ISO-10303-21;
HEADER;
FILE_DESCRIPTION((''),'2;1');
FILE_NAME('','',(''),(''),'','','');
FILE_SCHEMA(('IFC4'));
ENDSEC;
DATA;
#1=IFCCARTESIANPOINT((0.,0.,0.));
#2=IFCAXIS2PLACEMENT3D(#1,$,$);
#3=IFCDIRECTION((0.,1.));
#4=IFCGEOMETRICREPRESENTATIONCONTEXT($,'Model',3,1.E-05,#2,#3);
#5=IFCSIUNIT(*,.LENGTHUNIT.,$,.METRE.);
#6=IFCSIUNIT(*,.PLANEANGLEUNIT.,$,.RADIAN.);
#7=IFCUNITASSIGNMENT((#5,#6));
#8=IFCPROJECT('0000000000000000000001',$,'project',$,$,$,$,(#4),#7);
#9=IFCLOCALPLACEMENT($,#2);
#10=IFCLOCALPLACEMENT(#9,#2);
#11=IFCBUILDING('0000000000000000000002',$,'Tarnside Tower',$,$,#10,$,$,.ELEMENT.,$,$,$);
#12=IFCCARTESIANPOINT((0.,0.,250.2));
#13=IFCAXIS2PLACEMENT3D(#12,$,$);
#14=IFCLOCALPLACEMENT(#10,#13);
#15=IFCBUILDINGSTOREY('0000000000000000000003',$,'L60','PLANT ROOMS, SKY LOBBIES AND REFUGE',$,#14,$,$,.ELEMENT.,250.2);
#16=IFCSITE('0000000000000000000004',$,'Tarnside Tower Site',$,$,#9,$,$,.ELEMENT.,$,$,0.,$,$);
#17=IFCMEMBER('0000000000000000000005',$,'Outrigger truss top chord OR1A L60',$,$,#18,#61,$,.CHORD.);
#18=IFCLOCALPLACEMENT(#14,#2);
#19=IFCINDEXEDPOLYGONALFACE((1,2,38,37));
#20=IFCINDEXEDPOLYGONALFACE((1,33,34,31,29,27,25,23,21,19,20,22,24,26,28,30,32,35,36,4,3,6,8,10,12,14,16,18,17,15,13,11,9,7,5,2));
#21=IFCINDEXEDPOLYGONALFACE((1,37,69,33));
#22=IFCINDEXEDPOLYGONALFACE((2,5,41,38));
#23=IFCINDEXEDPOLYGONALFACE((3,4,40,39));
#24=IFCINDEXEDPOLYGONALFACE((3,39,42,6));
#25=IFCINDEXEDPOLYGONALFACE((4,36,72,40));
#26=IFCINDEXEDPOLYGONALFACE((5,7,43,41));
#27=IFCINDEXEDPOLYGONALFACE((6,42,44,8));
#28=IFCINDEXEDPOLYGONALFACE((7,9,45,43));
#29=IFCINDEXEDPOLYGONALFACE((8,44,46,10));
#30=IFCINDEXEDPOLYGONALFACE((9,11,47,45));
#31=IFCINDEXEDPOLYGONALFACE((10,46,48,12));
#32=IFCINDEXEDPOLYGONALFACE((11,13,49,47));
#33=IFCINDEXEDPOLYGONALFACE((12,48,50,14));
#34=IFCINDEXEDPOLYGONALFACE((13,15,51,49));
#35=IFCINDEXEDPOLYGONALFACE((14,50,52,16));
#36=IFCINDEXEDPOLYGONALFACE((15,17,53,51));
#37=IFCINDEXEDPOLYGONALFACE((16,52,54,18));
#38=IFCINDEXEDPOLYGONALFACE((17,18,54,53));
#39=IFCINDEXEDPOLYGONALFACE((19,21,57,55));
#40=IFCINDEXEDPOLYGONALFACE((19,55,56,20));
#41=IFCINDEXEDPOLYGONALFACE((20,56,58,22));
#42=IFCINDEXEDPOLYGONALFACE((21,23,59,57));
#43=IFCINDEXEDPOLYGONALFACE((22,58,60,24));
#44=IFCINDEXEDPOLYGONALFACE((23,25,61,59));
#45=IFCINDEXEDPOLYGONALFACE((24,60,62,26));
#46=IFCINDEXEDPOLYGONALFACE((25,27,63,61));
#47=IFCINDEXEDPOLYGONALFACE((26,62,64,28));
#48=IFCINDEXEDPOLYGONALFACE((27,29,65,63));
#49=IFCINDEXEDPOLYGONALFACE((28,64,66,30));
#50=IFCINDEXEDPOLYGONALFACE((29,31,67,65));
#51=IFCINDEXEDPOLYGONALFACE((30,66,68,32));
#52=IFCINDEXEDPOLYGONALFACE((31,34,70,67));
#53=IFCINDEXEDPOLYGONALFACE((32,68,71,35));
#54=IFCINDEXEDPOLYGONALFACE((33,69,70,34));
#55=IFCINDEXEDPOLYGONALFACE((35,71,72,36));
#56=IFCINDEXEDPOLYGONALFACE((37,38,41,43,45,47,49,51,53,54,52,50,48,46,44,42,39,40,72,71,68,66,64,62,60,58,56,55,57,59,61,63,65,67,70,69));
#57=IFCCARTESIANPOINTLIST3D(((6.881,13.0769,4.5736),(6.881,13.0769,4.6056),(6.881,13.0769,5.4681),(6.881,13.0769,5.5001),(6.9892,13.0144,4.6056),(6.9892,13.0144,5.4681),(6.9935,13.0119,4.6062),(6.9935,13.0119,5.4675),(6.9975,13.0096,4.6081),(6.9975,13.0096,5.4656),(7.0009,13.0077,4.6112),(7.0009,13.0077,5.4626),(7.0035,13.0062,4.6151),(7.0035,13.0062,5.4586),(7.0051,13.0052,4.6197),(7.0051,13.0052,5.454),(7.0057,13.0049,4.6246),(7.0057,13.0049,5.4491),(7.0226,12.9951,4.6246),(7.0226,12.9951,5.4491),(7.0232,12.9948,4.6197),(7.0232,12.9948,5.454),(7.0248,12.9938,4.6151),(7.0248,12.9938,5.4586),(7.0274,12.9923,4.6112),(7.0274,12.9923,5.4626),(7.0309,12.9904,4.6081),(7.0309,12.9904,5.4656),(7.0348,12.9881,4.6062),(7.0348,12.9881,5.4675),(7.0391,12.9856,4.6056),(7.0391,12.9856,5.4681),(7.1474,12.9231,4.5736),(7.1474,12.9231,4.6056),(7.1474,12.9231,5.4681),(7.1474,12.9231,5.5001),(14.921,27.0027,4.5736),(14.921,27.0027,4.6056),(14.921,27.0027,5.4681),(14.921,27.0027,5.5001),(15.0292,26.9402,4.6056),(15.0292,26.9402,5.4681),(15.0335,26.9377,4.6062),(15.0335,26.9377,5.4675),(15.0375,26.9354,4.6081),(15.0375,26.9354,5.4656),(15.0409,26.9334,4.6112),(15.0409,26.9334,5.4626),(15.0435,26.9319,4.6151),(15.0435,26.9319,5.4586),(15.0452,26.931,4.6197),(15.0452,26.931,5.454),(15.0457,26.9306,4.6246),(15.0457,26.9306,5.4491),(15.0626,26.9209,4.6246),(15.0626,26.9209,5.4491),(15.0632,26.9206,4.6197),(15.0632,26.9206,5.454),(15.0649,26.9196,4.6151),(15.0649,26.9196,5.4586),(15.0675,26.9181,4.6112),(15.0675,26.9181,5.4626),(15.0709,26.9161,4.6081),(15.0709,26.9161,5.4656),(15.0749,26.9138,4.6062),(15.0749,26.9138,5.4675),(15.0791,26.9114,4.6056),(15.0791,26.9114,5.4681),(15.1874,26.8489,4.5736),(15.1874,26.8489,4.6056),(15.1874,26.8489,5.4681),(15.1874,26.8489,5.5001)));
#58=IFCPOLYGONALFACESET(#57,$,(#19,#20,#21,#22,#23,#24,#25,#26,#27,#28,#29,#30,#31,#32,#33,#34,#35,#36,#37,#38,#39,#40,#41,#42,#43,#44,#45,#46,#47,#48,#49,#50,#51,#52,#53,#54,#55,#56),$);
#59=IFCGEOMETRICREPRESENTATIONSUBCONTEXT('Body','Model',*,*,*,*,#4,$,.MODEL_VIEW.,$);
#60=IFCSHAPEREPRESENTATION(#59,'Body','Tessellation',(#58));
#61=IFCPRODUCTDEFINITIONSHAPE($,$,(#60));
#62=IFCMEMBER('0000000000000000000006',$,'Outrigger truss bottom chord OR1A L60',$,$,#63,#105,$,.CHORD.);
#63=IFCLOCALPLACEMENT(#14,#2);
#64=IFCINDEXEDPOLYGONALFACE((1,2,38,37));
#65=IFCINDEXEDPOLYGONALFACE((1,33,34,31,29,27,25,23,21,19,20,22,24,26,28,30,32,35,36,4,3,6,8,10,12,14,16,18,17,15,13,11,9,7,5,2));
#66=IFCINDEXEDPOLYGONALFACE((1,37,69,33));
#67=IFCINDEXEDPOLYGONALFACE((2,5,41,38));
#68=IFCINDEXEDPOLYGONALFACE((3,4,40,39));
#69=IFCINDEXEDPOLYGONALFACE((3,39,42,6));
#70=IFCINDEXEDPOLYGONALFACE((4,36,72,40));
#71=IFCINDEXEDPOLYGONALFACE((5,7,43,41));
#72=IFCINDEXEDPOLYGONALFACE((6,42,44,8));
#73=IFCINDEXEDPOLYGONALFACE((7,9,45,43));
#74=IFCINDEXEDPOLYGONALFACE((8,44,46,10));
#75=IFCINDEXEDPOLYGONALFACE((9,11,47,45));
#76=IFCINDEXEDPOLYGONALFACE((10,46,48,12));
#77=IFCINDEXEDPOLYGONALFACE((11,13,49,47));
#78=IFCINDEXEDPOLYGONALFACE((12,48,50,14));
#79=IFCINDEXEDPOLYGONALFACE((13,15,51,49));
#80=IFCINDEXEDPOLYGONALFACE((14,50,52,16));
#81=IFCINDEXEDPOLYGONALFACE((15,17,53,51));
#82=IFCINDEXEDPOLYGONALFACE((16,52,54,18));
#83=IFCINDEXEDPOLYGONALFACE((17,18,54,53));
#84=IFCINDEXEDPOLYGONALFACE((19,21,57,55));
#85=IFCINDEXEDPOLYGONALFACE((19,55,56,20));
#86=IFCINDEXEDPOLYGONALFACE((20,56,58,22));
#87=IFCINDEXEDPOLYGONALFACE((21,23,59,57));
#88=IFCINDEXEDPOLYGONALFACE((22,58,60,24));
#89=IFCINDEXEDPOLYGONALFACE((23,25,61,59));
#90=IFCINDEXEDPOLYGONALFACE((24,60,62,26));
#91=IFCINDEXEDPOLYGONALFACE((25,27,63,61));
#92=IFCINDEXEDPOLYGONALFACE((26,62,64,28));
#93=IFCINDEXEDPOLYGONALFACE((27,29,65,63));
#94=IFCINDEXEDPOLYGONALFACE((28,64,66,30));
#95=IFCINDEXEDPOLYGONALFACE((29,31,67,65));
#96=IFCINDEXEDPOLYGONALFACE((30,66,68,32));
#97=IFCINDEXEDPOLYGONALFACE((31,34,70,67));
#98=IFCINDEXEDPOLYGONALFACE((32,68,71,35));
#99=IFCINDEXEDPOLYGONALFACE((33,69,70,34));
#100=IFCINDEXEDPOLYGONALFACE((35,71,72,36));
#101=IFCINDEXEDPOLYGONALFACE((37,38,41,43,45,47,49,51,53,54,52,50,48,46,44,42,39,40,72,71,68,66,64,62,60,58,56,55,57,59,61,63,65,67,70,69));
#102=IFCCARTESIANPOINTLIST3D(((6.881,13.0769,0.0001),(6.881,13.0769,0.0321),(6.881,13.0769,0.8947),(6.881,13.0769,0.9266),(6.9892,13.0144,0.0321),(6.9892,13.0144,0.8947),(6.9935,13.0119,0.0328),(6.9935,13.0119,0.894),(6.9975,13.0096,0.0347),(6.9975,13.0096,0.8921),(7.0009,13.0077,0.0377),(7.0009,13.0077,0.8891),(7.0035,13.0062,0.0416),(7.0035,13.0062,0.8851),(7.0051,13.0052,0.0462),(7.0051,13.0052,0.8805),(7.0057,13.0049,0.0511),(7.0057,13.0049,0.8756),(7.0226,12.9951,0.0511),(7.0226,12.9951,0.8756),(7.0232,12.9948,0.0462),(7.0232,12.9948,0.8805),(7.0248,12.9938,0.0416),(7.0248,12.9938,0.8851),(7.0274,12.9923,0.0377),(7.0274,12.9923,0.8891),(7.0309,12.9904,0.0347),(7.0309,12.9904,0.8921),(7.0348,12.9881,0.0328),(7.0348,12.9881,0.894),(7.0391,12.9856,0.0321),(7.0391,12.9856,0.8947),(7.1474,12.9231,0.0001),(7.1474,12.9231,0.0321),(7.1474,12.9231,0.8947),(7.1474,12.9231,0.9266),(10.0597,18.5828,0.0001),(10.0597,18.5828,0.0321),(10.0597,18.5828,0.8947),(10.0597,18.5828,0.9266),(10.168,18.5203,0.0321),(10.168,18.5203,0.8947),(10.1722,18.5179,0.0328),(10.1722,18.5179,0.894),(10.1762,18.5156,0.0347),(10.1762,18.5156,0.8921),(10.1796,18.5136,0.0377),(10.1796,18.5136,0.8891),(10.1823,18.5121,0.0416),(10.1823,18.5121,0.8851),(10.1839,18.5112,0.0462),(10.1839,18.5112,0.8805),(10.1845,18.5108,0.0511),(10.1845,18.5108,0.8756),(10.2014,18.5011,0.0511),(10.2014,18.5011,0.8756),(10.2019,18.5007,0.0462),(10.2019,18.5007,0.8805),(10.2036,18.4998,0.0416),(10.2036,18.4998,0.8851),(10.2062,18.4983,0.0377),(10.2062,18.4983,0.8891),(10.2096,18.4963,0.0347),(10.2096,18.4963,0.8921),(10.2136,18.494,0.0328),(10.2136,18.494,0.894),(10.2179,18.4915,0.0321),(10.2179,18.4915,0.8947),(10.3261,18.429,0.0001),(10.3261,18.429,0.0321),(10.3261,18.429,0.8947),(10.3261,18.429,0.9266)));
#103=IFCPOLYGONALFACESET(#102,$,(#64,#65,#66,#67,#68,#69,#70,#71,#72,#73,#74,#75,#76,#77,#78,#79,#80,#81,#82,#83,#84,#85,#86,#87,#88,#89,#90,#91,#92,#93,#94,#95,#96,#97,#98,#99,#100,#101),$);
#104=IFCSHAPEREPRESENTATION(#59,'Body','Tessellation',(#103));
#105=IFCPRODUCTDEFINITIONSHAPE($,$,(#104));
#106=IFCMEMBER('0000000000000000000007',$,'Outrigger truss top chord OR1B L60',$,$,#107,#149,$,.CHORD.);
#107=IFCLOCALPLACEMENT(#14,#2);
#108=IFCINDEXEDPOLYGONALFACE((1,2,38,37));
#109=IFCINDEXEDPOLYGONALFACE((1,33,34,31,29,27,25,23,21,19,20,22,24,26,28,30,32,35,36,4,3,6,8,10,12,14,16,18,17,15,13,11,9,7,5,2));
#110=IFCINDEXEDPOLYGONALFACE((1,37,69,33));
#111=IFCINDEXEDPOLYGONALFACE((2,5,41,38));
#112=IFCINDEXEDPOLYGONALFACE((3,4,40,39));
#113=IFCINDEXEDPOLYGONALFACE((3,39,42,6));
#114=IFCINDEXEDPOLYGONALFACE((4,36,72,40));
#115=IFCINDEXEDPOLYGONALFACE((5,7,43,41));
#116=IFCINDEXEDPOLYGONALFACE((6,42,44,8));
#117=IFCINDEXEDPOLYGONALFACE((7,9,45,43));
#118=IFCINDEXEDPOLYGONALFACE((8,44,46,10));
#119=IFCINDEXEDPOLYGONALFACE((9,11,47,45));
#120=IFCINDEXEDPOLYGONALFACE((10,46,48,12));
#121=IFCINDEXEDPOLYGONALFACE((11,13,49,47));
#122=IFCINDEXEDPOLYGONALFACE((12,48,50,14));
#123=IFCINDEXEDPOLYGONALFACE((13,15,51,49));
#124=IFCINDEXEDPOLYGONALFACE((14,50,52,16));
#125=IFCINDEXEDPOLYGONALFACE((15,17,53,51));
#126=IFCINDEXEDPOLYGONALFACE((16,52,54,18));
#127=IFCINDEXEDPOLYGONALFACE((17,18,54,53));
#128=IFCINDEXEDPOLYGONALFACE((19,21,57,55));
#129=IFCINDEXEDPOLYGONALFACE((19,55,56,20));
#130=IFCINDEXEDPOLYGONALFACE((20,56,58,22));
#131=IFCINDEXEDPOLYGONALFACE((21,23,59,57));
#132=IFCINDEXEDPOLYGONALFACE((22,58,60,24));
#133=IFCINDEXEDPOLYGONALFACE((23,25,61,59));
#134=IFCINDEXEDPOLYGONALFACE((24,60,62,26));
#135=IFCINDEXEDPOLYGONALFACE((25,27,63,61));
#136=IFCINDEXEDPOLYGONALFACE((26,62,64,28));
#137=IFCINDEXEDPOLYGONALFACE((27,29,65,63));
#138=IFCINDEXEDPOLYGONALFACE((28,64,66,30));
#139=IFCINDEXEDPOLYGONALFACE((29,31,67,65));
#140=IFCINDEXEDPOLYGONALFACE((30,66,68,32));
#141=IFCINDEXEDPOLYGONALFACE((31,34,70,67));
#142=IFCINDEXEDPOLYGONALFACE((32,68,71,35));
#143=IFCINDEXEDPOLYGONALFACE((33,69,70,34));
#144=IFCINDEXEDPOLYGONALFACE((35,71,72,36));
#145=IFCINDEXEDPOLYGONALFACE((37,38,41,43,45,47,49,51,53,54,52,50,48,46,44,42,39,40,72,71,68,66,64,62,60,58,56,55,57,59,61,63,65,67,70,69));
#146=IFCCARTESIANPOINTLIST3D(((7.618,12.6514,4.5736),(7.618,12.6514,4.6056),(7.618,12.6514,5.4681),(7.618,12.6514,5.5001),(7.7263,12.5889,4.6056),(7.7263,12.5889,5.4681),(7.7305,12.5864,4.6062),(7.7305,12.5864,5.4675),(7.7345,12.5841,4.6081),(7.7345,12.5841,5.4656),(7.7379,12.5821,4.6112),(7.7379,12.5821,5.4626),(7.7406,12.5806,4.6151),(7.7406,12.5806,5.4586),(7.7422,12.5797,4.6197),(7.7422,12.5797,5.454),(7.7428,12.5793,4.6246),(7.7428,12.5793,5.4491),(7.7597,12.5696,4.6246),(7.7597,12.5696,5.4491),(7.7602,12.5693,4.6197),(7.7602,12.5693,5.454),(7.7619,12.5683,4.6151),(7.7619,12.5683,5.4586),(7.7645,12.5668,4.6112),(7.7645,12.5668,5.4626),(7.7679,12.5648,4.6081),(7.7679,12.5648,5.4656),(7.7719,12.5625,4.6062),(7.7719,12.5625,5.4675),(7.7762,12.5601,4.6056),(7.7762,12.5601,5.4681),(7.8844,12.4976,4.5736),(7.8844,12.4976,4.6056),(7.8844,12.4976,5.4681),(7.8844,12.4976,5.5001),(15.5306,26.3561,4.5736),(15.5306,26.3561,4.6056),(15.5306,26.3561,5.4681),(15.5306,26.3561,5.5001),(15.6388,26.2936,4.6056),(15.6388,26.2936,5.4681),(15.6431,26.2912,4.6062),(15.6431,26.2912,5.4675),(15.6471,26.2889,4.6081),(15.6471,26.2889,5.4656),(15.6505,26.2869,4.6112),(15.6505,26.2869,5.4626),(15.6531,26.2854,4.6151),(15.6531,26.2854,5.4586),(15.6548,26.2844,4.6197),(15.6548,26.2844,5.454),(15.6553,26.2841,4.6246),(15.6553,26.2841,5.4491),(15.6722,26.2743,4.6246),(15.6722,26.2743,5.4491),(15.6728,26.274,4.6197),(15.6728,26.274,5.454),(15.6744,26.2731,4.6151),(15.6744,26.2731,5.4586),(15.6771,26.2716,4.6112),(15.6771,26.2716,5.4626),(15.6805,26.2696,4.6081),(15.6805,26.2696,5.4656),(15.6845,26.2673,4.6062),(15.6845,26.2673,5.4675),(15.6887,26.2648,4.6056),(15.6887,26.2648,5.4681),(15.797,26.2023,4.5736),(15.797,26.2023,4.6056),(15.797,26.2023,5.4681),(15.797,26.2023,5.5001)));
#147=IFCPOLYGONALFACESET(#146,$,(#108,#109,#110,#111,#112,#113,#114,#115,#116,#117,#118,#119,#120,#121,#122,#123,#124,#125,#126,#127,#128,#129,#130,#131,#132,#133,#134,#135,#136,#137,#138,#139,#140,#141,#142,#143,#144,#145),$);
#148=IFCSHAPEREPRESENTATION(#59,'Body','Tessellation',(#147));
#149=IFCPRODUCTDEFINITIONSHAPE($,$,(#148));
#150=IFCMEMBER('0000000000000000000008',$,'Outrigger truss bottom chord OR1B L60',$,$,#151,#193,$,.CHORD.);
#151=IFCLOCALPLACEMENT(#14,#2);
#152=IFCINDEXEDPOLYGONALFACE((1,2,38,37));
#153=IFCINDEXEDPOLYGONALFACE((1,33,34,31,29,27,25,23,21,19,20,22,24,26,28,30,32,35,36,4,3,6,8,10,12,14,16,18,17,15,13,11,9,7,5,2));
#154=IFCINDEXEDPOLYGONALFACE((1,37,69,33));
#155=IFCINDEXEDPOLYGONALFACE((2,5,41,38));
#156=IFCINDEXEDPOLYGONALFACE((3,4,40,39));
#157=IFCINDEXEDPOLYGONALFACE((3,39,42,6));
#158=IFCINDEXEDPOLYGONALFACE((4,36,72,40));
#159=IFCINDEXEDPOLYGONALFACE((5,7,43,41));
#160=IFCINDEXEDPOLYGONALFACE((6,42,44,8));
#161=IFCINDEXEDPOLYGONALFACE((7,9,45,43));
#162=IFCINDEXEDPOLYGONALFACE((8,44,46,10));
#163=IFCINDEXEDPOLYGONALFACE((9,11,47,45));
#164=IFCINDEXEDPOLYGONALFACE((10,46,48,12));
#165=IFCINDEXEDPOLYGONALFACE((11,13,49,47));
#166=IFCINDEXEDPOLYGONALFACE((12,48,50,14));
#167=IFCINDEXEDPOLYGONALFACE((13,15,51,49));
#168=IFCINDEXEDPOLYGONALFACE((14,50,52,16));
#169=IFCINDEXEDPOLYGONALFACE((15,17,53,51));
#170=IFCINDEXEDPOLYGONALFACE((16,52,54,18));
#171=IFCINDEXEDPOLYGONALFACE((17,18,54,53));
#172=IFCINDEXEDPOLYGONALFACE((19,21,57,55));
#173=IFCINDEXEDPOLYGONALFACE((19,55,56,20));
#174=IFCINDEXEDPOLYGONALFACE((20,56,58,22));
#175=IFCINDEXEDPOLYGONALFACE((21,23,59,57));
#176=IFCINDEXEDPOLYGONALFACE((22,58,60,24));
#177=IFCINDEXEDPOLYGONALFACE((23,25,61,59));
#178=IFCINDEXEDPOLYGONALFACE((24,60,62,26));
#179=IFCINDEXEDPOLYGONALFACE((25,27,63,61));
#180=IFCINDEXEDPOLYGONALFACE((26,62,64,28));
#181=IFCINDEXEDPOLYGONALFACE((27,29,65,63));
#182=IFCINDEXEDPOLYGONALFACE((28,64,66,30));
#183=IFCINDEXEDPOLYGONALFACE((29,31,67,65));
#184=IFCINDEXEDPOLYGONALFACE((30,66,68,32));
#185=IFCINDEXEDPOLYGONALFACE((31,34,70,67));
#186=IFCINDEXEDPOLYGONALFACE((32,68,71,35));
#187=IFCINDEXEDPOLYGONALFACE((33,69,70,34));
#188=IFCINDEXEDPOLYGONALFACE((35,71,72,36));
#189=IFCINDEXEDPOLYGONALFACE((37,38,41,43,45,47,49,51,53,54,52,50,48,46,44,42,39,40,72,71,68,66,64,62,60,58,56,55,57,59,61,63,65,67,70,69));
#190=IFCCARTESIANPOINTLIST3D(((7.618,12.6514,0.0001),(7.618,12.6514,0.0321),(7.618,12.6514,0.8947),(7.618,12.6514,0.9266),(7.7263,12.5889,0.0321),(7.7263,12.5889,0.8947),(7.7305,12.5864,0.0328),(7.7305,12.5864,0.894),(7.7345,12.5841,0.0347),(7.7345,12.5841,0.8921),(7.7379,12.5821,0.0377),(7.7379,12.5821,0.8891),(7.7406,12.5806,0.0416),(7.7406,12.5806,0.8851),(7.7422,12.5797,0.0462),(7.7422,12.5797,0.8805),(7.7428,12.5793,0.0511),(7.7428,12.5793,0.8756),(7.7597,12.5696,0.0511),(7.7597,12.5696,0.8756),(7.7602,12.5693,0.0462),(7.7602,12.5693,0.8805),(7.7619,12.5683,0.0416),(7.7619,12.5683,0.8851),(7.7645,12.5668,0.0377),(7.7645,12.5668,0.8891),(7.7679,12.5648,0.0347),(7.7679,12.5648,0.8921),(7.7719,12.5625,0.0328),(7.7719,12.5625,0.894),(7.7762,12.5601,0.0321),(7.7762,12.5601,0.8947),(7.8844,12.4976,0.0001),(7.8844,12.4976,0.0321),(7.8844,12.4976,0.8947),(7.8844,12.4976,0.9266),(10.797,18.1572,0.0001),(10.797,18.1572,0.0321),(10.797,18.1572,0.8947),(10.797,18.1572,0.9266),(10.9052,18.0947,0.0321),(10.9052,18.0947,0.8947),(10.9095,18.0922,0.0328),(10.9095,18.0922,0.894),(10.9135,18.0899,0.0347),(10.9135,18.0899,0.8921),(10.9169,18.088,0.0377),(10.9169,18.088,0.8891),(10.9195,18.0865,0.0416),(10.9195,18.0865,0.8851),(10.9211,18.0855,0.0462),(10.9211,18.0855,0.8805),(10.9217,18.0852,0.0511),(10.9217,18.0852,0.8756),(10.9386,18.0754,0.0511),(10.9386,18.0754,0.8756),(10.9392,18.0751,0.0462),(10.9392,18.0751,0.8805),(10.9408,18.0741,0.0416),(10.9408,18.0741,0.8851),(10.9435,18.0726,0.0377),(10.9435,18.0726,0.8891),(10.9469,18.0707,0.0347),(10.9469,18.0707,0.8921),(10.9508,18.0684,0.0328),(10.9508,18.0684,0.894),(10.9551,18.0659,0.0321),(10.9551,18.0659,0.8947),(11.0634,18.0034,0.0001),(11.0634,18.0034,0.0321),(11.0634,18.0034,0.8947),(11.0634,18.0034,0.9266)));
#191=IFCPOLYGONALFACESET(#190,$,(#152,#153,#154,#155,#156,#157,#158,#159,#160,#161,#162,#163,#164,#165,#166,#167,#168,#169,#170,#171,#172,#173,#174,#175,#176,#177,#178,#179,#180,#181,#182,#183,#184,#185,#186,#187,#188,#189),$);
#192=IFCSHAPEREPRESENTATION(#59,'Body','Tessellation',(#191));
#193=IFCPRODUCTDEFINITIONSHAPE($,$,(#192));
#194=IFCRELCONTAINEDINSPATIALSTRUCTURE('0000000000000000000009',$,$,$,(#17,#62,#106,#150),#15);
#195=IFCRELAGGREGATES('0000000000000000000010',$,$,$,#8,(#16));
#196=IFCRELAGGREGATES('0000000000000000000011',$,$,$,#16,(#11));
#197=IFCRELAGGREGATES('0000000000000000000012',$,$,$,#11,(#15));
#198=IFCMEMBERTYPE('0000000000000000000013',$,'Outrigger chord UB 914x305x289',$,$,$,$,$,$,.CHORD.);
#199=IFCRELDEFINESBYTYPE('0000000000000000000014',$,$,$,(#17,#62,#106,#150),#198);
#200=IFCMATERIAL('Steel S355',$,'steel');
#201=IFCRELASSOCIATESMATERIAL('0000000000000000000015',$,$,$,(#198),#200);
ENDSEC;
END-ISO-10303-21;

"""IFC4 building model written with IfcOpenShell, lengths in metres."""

from ifc_helpers import new_model, si_unit, direction, frame, origin, origin_2d, place, context, subcontext, project, spatial, i_section, extrude, material, material_profile, profile_set, type_object, element, save


model = new_model("IFC4")

# Units and contexts
model_context = context("Model", 3, precision=1e-05, world=origin(), true_north=direction((0.0, 1.0)))
body_context = subcontext(model_context, "Body", "Model", "MODEL_VIEW")
ifc_project = project(units=[si_unit("LENGTHUNIT", "METRE"), si_unit("PLANEANGLEUNIT", "RADIAN")], contexts=[model_context])

# Site, building, storey
site_placement = place(None, origin())
site = spatial("IfcSite", under=ifc_project, at=site_placement, Name="Tarnside Tower Site", CompositionType="ELEMENT", RefElevation=0.0)
building_placement = place(site_placement, origin())
building = spatial("IfcBuilding", under=site, at=building_placement, Name="Tarnside Tower", CompositionType="ELEMENT")
storey_placement = place(building_placement, frame((0.0, 0.0, 250.2)))
storey = spatial("IfcBuildingStorey", under=building, at=storey_placement, Name="L60", Description="PLANT ROOMS, SKY LOBBIES AND REFUGE", CompositionType="ELEMENT", Elevation=250.2)

# Members
ifc_material_1 = material(Name="Steel S355", Category="steel")
ifc_material_profile_1 = material_profile(ifc_material_1, i_section(OverallWidth=0.3076, OverallDepth=0.9265, WebThickness=0.0195, FlangeThickness=0.032, FilletRadius=0.019, at=origin_2d()), Name="UB 914x305x289")
ifc_profile_set_1 = profile_set([ifc_material_profile_1], Name="Steel S355")
member_type_1 = type_object("IfcMemberType", Name="Outrigger chord UB 914x305x289", PredefinedType="CHORD", material=ifc_profile_set_1)
member_1_placement = place(storey_placement, frame((7.0142, 13.0, 5.0369), z_axis=(0.499999, 0.866026, 0.0), x_axis=(-0.866026, 0.499999, 0.0)))
element("IfcMember", 1, at=member_1_placement, inside=storey, type_object=member_type_1, Name="Outrigger truss top chord OR1A L60", PredefinedType="CHORD", context=body_context, shape_type="SweptSolid", body=[
    extrude(i_section(OverallWidth=0.3076, OverallDepth=0.9265, WebThickness=0.0195, FlangeThickness=0.032, FilletRadius=0.019, at=origin_2d()), origin(), (0.0, 0.0, 1.0), 16.0801),
])
member_2_placement = place(storey_placement, frame((7.0142, 13.0, 0.4634), z_axis=(0.499988, 0.866032, 0.0), x_axis=(-0.866032, 0.499988, 0.0)))
element("IfcMember", 2, at=member_2_placement, inside=storey, type_object=member_type_1, Name="Outrigger truss bottom chord OR1A L60", PredefinedType="CHORD", context=body_context, shape_type="SweptSolid", body=[
    extrude(i_section(OverallWidth=0.3076, OverallDepth=0.9265, WebThickness=0.0195, FlangeThickness=0.032, FilletRadius=0.019, at=origin_2d()), origin(), (0.0, 0.0, 1.0), 6.3577),
])
member_3_placement = place(storey_placement, frame((7.7512, 12.5745, 5.0369), z_axis=(0.500005, 0.866022, 0.0), x_axis=(-0.866022, 0.500005, 0.0)))
element("IfcMember", 3, at=member_3_placement, inside=storey, type_object=member_type_1, Name="Outrigger truss top chord OR1B L60", PredefinedType="CHORD", context=body_context, shape_type="SweptSolid", body=[
    extrude(i_section(OverallWidth=0.3076, OverallDepth=0.9265, WebThickness=0.0195, FlangeThickness=0.032, FilletRadius=0.019, at=origin_2d()), origin(), (0.0, 0.0, 1.0), 15.825),
])
member_4_placement = place(storey_placement, frame((7.7512, 12.5745, 0.4634), z_axis=(0.500017, 0.866015, 0.0), x_axis=(-0.866015, 0.500017, 0.0)))
element("IfcMember", 4, at=member_4_placement, inside=storey, type_object=member_type_1, Name="Outrigger truss bottom chord OR1B L60", PredefinedType="CHORD", context=body_context, shape_type="SweptSolid", body=[
    extrude(i_section(OverallWidth=0.3076, OverallDepth=0.9265, WebThickness=0.0195, FlangeThickness=0.032, FilletRadius=0.019, at=origin_2d()), origin(), (0.0, 0.0, 1.0), 6.3577),
])

save(model, "model.ifc")
